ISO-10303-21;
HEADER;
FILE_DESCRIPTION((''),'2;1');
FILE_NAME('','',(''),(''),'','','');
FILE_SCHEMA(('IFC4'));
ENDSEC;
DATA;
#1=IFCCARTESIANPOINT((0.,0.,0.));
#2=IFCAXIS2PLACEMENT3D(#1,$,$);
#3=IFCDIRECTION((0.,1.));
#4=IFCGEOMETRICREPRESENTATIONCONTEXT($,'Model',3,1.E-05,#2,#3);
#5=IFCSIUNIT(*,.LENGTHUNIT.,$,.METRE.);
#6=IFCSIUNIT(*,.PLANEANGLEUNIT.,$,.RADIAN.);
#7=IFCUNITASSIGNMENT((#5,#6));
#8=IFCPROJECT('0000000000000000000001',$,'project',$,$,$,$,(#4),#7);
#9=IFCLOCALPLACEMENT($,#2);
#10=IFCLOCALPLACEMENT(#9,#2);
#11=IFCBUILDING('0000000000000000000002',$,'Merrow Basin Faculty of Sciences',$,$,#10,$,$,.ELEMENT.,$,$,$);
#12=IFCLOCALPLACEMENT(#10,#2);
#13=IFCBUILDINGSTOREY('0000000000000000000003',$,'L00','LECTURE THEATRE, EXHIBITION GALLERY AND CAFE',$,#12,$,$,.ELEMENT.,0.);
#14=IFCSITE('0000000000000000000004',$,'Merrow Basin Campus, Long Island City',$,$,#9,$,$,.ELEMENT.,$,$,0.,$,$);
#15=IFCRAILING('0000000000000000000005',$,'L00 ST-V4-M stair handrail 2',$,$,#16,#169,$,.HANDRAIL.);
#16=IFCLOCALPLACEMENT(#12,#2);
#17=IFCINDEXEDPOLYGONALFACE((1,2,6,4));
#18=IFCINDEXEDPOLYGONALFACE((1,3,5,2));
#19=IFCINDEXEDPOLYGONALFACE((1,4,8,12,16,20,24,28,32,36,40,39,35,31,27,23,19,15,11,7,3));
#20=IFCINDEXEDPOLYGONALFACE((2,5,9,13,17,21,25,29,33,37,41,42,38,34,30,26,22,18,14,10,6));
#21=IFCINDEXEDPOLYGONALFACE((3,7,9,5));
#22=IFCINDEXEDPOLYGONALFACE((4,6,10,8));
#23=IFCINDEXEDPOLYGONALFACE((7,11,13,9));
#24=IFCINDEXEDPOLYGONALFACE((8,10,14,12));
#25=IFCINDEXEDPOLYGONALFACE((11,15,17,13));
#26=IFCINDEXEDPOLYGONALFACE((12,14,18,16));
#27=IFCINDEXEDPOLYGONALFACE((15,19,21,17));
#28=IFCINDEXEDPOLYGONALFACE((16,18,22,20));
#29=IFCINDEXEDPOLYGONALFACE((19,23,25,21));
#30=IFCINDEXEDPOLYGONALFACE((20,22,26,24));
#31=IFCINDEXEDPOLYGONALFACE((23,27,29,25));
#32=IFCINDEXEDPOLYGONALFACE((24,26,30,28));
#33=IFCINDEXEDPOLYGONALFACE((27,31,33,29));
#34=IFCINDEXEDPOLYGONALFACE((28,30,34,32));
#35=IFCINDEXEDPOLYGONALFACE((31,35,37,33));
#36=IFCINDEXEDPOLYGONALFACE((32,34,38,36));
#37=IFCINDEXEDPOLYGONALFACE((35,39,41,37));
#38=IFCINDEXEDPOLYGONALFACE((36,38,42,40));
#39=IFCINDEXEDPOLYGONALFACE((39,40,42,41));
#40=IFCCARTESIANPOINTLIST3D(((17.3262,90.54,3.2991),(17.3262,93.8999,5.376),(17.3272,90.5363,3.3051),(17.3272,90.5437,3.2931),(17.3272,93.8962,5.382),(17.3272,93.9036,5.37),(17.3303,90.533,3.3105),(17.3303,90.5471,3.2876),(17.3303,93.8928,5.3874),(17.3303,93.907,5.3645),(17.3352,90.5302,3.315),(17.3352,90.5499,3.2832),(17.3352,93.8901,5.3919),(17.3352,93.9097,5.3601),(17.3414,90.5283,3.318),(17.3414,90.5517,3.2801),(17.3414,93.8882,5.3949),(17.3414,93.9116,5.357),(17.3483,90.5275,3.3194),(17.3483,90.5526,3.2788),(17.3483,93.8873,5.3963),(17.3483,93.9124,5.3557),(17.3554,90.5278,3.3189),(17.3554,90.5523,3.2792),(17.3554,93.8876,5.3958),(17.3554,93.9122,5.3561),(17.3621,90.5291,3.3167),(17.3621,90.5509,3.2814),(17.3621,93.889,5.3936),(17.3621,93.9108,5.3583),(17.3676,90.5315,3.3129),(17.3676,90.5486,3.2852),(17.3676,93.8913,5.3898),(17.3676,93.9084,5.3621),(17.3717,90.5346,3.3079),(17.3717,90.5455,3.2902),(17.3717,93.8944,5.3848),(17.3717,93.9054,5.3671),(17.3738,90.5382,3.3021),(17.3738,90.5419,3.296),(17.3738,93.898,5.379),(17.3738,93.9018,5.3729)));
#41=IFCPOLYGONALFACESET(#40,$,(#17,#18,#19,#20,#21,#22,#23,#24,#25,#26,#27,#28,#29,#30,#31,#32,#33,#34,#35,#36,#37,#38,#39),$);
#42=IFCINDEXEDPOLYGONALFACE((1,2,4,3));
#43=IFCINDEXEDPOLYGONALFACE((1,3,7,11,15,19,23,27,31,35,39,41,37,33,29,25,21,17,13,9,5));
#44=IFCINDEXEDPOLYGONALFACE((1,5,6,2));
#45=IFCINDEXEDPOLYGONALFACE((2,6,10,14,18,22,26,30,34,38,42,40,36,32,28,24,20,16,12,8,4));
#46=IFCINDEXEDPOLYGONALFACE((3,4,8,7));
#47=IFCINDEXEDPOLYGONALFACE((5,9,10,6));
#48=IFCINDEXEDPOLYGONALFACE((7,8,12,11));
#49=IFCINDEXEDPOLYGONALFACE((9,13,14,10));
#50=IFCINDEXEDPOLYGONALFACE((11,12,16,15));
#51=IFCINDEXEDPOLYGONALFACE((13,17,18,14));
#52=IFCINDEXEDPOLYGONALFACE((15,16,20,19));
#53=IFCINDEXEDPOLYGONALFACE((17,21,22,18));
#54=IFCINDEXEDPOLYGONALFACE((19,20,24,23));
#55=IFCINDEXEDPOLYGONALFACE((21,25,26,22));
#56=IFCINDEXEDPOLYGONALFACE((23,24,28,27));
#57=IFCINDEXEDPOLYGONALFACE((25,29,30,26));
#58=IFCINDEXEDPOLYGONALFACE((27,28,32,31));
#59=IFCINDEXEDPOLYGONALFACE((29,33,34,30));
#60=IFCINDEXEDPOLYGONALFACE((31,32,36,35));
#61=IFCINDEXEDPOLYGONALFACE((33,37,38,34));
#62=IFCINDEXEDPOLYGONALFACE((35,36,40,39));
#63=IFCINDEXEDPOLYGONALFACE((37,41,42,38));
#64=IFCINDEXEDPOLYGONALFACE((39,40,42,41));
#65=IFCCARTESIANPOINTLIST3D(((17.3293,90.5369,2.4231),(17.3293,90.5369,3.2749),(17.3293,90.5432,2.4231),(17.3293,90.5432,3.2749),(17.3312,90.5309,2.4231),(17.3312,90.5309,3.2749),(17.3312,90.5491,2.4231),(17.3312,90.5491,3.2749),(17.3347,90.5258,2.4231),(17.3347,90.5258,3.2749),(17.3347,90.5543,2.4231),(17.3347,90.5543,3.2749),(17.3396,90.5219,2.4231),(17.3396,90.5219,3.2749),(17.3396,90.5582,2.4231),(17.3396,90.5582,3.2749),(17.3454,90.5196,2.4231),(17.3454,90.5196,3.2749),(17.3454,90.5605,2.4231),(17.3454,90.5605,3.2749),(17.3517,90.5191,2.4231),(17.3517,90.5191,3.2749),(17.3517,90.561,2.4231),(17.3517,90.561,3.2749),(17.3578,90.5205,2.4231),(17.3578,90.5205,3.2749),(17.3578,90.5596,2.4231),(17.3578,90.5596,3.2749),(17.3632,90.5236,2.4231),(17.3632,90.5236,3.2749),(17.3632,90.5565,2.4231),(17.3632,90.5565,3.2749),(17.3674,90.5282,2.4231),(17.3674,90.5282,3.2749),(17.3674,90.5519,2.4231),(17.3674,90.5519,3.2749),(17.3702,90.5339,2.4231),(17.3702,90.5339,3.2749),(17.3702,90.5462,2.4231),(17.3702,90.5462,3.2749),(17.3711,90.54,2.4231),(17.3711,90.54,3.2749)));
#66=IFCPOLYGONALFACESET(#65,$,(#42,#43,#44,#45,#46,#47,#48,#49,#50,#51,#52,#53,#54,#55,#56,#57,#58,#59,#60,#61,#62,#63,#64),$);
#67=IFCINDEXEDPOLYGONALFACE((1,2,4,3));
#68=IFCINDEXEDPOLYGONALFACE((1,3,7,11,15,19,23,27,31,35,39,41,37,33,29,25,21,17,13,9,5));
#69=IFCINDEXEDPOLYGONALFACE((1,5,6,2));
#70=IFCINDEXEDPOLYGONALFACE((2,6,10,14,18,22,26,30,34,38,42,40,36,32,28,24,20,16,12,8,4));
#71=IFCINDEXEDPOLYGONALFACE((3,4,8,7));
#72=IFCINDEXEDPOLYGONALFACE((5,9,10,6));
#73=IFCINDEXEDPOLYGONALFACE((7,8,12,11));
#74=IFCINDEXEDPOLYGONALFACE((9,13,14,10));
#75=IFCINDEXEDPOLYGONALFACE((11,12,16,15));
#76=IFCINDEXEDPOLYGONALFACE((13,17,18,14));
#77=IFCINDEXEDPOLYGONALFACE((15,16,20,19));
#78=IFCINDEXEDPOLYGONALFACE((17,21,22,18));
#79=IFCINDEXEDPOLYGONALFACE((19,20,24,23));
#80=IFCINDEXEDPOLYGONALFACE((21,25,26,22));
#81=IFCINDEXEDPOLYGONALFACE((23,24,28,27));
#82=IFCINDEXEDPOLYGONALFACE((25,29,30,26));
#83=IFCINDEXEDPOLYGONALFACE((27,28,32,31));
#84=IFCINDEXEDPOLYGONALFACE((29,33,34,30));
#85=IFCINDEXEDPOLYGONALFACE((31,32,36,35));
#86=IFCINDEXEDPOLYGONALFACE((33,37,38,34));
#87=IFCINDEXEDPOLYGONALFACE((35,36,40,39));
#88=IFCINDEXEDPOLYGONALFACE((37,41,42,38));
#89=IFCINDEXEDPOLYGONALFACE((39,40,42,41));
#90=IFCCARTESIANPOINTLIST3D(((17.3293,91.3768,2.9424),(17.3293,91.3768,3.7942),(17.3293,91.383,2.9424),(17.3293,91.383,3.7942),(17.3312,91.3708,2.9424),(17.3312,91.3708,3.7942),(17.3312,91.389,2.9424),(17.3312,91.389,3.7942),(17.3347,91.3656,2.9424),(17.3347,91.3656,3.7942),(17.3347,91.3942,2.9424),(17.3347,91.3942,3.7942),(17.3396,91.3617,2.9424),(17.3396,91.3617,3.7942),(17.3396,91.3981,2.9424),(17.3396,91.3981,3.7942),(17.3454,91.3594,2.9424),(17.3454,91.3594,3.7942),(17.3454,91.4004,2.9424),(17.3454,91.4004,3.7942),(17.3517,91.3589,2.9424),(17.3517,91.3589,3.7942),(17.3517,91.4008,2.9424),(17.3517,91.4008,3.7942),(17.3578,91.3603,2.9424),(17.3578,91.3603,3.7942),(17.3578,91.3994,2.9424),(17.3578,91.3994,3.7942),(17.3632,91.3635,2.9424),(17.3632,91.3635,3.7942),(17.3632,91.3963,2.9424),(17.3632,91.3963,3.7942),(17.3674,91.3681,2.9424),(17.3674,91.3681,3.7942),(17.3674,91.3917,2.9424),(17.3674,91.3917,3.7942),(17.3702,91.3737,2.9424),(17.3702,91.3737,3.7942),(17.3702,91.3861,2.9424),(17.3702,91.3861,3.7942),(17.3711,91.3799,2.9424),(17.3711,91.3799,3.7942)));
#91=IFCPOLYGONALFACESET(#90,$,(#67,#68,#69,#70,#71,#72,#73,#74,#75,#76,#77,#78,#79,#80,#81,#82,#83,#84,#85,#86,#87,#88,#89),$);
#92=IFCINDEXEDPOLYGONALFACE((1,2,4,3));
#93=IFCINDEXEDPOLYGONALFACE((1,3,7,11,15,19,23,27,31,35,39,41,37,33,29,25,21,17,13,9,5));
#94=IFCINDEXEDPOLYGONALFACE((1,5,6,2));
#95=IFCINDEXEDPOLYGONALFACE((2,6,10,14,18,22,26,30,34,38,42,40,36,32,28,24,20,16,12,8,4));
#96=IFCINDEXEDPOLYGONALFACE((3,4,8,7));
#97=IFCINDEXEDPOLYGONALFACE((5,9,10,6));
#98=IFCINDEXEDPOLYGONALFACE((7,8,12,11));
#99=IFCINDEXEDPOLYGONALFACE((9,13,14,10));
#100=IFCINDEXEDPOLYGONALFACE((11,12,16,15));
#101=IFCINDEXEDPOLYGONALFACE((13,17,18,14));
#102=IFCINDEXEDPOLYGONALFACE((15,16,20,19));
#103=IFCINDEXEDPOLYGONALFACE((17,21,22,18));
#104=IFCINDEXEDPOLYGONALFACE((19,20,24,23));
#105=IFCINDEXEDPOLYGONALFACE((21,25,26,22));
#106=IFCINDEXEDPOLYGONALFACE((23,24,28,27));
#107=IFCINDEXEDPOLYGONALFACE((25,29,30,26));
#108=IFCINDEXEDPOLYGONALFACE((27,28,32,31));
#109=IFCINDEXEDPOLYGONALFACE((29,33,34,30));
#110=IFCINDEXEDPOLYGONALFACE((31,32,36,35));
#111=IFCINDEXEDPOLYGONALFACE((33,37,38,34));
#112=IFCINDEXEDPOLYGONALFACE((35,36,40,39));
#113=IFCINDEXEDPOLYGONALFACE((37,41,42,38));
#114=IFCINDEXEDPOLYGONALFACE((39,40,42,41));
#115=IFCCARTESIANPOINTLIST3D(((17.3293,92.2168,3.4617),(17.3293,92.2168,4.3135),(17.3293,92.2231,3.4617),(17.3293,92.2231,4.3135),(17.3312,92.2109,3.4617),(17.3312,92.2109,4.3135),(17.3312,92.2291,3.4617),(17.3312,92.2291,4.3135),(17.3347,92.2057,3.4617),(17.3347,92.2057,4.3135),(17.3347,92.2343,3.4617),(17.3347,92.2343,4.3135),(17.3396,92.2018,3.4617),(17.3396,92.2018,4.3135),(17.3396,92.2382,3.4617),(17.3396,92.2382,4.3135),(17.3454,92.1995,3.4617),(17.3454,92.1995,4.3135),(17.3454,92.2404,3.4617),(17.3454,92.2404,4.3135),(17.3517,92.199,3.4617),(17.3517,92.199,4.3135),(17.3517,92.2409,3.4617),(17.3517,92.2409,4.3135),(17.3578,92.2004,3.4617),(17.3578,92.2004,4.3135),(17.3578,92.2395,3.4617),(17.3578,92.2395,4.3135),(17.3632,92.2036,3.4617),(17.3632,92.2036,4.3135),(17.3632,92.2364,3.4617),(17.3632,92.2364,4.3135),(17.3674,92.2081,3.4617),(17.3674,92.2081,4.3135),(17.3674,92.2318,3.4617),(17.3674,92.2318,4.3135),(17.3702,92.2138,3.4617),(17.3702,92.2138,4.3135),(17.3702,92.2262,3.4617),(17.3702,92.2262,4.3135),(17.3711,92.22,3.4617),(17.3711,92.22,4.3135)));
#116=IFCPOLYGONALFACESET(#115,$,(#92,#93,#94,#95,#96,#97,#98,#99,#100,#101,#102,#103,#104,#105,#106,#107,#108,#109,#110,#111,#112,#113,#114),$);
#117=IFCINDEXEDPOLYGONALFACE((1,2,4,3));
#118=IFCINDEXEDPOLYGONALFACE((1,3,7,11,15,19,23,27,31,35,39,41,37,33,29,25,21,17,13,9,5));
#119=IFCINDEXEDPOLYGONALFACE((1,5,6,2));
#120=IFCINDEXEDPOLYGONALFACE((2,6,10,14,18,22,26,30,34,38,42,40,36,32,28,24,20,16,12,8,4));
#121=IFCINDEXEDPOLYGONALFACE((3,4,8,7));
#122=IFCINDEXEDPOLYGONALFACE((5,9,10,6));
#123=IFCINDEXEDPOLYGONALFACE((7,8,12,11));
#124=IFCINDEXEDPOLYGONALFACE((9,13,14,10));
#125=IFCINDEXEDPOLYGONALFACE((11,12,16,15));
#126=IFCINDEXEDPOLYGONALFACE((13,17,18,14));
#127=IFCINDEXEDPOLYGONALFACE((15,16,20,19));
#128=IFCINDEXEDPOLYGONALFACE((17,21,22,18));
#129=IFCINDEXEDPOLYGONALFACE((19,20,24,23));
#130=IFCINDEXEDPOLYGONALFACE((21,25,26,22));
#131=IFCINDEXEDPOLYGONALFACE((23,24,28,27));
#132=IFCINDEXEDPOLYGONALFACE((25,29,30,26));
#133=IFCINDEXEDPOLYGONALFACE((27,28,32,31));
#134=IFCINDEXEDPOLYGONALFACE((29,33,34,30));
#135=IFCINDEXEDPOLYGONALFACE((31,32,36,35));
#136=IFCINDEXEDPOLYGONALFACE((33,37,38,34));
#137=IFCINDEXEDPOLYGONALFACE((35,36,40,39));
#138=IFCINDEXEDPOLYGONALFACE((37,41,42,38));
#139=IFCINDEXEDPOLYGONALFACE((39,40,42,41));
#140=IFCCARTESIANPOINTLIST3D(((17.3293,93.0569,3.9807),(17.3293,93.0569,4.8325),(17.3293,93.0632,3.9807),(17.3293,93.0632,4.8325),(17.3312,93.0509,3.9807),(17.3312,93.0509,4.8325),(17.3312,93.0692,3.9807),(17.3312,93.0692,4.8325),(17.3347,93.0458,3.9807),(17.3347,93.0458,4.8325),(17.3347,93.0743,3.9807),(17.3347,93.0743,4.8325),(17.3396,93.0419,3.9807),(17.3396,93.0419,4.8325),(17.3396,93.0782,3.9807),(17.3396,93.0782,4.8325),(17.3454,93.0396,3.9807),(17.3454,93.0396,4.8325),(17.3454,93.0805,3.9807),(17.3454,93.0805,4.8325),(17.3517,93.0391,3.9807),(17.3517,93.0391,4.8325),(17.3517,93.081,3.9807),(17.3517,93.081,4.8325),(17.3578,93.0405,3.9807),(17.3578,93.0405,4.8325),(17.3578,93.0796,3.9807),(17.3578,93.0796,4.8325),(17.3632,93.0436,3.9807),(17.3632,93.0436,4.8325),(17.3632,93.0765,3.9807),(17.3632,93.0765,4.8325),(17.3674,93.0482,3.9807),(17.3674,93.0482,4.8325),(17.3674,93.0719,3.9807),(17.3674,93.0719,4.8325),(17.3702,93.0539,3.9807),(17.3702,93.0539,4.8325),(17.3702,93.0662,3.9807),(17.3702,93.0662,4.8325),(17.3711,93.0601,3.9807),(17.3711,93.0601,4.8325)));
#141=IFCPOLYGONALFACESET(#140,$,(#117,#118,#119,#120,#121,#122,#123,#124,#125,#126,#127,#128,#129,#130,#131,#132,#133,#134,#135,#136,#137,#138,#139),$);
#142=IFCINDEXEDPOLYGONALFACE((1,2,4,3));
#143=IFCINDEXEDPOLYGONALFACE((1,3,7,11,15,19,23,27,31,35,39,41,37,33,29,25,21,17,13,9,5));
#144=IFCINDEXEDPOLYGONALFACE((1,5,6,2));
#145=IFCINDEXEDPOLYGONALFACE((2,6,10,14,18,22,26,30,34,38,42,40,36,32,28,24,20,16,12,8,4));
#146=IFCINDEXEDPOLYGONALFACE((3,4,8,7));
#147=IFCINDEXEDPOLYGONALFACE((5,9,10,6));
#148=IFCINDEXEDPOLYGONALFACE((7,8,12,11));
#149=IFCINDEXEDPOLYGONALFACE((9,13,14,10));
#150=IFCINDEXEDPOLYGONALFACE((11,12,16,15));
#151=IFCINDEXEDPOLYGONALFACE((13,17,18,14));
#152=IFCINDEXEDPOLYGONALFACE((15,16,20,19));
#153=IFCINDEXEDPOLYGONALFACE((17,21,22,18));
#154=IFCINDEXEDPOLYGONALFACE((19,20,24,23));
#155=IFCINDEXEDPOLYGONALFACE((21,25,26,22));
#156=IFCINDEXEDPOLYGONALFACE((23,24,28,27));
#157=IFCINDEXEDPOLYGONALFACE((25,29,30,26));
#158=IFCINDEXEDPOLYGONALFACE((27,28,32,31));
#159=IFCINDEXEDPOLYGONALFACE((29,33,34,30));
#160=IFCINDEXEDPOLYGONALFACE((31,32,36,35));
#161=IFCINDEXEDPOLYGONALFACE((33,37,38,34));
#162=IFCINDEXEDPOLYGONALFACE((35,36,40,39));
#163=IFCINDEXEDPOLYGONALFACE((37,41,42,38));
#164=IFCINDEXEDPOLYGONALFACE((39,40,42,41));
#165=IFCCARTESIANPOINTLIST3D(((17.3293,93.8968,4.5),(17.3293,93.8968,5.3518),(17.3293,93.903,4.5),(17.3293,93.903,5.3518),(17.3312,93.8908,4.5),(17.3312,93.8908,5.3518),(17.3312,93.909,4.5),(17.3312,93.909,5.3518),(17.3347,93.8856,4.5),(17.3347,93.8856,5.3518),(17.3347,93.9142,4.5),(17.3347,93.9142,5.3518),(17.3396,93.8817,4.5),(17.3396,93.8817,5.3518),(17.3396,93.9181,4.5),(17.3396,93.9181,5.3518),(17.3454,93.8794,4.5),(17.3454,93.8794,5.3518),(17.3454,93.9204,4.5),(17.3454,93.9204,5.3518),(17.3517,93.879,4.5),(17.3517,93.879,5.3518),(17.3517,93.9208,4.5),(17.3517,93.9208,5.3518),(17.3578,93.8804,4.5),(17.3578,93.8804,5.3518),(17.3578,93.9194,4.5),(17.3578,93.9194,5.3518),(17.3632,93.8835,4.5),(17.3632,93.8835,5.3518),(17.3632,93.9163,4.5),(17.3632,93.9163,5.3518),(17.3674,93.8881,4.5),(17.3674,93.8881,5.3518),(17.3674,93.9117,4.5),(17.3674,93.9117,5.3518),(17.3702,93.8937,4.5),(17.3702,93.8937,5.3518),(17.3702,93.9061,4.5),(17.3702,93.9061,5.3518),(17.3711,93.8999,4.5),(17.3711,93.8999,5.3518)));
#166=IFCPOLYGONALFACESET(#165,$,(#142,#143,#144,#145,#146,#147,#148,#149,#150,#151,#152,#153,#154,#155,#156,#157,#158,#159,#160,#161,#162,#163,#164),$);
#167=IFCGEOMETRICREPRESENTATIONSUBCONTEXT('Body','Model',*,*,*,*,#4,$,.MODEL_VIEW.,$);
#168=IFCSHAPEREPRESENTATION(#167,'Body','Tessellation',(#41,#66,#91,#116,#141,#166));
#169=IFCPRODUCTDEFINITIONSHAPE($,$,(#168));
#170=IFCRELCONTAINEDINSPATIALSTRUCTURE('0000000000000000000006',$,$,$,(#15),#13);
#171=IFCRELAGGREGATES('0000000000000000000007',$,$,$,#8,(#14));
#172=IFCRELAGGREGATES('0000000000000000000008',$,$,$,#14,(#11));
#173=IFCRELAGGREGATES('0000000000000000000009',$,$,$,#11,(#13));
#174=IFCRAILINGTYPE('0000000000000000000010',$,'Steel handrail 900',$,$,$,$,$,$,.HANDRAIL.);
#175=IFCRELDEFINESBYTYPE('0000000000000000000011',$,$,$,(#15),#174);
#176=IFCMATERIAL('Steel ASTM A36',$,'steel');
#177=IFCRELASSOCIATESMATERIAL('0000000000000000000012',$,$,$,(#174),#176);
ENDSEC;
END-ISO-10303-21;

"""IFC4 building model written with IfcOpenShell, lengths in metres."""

from ifc_helpers import new_model, si_unit, direction, frame, origin, origin_2d, place, context, subcontext, project, spatial, circle, extrude, material, type_object, element, save


model = new_model("IFC4")

# Units and contexts
model_context = context("Model", 3, precision=1e-05, world=origin(), true_north=direction((0.0, 1.0)))
body_context = subcontext(model_context, "Body", "Model", "MODEL_VIEW")
ifc_project = project(units=[si_unit("LENGTHUNIT", "METRE"), si_unit("PLANEANGLEUNIT", "RADIAN")], contexts=[model_context])

# Site, building, storey
site_placement = place(None, origin())
site = spatial("IfcSite", under=ifc_project, at=site_placement, Name="Merrow Basin Campus, Long Island City", CompositionType="ELEMENT", RefElevation=0.0)
building_placement = place(site_placement, origin())
building = spatial("IfcBuilding", under=site, at=building_placement, Name="Merrow Basin Faculty of Sciences", CompositionType="ELEMENT")
storey_placement = place(building_placement, origin())
storey = spatial("IfcBuildingStorey", under=building, at=storey_placement, Name="L00", Description="LECTURE THEATRE, EXHIBITION GALLERY AND CAFE", CompositionType="ELEMENT", Elevation=0.0)

# Railing
ifc_material_1 = material(Name="Steel ASTM A36", Category="steel")
railing_type = type_object("IfcRailingType", Name="Steel handrail 900", PredefinedType="HANDRAIL", material=ifc_material_1)
railing_placement = place(storey_placement, frame((17.3501, 90.54, 2.4231)))
element("IfcRailing", 1, at=railing_placement, inside=storey, type_object=railing_type, Name="L00 ST-V4-M stair handrail 2", PredefinedType="HANDRAIL", context=body_context, shape_type="SweptSolid", body=[
    extrude(circle(Radius=0.0239, at=origin_2d()), frame((0.0, 0.0, 0.876), z_axis=(0.0, 0.850606, 0.525803), x_axis=(-1.0, 0.0, 0.0)), (0.0, 0.0, 1.0), 3.95),
    extrude(circle(Radius=0.021, at=origin_2d()), origin(), (0.0, 0.0, 1.0), 0.8518),
    extrude(circle(Radius=0.021, at=origin_2d()), frame((0.0, 0.8398, 0.5193)), (0.0, 0.0, 1.0), 0.8518),
    extrude(circle(Radius=0.021, at=origin_2d()), frame((0.0, 1.6799, 1.0386)), (0.0, 0.0, 1.0), 0.8518),
    extrude(circle(Radius=0.021, at=origin_2d()), frame((0.0, 2.52, 1.5576)), (0.0, 0.0, 1.0), 0.8518),
    extrude(circle(Radius=0.021, at=origin_2d()), frame((0.0, 3.3599, 2.0769)), (0.0, 0.0, 1.0), 0.8518),
])

save(model, "model.ifc")
